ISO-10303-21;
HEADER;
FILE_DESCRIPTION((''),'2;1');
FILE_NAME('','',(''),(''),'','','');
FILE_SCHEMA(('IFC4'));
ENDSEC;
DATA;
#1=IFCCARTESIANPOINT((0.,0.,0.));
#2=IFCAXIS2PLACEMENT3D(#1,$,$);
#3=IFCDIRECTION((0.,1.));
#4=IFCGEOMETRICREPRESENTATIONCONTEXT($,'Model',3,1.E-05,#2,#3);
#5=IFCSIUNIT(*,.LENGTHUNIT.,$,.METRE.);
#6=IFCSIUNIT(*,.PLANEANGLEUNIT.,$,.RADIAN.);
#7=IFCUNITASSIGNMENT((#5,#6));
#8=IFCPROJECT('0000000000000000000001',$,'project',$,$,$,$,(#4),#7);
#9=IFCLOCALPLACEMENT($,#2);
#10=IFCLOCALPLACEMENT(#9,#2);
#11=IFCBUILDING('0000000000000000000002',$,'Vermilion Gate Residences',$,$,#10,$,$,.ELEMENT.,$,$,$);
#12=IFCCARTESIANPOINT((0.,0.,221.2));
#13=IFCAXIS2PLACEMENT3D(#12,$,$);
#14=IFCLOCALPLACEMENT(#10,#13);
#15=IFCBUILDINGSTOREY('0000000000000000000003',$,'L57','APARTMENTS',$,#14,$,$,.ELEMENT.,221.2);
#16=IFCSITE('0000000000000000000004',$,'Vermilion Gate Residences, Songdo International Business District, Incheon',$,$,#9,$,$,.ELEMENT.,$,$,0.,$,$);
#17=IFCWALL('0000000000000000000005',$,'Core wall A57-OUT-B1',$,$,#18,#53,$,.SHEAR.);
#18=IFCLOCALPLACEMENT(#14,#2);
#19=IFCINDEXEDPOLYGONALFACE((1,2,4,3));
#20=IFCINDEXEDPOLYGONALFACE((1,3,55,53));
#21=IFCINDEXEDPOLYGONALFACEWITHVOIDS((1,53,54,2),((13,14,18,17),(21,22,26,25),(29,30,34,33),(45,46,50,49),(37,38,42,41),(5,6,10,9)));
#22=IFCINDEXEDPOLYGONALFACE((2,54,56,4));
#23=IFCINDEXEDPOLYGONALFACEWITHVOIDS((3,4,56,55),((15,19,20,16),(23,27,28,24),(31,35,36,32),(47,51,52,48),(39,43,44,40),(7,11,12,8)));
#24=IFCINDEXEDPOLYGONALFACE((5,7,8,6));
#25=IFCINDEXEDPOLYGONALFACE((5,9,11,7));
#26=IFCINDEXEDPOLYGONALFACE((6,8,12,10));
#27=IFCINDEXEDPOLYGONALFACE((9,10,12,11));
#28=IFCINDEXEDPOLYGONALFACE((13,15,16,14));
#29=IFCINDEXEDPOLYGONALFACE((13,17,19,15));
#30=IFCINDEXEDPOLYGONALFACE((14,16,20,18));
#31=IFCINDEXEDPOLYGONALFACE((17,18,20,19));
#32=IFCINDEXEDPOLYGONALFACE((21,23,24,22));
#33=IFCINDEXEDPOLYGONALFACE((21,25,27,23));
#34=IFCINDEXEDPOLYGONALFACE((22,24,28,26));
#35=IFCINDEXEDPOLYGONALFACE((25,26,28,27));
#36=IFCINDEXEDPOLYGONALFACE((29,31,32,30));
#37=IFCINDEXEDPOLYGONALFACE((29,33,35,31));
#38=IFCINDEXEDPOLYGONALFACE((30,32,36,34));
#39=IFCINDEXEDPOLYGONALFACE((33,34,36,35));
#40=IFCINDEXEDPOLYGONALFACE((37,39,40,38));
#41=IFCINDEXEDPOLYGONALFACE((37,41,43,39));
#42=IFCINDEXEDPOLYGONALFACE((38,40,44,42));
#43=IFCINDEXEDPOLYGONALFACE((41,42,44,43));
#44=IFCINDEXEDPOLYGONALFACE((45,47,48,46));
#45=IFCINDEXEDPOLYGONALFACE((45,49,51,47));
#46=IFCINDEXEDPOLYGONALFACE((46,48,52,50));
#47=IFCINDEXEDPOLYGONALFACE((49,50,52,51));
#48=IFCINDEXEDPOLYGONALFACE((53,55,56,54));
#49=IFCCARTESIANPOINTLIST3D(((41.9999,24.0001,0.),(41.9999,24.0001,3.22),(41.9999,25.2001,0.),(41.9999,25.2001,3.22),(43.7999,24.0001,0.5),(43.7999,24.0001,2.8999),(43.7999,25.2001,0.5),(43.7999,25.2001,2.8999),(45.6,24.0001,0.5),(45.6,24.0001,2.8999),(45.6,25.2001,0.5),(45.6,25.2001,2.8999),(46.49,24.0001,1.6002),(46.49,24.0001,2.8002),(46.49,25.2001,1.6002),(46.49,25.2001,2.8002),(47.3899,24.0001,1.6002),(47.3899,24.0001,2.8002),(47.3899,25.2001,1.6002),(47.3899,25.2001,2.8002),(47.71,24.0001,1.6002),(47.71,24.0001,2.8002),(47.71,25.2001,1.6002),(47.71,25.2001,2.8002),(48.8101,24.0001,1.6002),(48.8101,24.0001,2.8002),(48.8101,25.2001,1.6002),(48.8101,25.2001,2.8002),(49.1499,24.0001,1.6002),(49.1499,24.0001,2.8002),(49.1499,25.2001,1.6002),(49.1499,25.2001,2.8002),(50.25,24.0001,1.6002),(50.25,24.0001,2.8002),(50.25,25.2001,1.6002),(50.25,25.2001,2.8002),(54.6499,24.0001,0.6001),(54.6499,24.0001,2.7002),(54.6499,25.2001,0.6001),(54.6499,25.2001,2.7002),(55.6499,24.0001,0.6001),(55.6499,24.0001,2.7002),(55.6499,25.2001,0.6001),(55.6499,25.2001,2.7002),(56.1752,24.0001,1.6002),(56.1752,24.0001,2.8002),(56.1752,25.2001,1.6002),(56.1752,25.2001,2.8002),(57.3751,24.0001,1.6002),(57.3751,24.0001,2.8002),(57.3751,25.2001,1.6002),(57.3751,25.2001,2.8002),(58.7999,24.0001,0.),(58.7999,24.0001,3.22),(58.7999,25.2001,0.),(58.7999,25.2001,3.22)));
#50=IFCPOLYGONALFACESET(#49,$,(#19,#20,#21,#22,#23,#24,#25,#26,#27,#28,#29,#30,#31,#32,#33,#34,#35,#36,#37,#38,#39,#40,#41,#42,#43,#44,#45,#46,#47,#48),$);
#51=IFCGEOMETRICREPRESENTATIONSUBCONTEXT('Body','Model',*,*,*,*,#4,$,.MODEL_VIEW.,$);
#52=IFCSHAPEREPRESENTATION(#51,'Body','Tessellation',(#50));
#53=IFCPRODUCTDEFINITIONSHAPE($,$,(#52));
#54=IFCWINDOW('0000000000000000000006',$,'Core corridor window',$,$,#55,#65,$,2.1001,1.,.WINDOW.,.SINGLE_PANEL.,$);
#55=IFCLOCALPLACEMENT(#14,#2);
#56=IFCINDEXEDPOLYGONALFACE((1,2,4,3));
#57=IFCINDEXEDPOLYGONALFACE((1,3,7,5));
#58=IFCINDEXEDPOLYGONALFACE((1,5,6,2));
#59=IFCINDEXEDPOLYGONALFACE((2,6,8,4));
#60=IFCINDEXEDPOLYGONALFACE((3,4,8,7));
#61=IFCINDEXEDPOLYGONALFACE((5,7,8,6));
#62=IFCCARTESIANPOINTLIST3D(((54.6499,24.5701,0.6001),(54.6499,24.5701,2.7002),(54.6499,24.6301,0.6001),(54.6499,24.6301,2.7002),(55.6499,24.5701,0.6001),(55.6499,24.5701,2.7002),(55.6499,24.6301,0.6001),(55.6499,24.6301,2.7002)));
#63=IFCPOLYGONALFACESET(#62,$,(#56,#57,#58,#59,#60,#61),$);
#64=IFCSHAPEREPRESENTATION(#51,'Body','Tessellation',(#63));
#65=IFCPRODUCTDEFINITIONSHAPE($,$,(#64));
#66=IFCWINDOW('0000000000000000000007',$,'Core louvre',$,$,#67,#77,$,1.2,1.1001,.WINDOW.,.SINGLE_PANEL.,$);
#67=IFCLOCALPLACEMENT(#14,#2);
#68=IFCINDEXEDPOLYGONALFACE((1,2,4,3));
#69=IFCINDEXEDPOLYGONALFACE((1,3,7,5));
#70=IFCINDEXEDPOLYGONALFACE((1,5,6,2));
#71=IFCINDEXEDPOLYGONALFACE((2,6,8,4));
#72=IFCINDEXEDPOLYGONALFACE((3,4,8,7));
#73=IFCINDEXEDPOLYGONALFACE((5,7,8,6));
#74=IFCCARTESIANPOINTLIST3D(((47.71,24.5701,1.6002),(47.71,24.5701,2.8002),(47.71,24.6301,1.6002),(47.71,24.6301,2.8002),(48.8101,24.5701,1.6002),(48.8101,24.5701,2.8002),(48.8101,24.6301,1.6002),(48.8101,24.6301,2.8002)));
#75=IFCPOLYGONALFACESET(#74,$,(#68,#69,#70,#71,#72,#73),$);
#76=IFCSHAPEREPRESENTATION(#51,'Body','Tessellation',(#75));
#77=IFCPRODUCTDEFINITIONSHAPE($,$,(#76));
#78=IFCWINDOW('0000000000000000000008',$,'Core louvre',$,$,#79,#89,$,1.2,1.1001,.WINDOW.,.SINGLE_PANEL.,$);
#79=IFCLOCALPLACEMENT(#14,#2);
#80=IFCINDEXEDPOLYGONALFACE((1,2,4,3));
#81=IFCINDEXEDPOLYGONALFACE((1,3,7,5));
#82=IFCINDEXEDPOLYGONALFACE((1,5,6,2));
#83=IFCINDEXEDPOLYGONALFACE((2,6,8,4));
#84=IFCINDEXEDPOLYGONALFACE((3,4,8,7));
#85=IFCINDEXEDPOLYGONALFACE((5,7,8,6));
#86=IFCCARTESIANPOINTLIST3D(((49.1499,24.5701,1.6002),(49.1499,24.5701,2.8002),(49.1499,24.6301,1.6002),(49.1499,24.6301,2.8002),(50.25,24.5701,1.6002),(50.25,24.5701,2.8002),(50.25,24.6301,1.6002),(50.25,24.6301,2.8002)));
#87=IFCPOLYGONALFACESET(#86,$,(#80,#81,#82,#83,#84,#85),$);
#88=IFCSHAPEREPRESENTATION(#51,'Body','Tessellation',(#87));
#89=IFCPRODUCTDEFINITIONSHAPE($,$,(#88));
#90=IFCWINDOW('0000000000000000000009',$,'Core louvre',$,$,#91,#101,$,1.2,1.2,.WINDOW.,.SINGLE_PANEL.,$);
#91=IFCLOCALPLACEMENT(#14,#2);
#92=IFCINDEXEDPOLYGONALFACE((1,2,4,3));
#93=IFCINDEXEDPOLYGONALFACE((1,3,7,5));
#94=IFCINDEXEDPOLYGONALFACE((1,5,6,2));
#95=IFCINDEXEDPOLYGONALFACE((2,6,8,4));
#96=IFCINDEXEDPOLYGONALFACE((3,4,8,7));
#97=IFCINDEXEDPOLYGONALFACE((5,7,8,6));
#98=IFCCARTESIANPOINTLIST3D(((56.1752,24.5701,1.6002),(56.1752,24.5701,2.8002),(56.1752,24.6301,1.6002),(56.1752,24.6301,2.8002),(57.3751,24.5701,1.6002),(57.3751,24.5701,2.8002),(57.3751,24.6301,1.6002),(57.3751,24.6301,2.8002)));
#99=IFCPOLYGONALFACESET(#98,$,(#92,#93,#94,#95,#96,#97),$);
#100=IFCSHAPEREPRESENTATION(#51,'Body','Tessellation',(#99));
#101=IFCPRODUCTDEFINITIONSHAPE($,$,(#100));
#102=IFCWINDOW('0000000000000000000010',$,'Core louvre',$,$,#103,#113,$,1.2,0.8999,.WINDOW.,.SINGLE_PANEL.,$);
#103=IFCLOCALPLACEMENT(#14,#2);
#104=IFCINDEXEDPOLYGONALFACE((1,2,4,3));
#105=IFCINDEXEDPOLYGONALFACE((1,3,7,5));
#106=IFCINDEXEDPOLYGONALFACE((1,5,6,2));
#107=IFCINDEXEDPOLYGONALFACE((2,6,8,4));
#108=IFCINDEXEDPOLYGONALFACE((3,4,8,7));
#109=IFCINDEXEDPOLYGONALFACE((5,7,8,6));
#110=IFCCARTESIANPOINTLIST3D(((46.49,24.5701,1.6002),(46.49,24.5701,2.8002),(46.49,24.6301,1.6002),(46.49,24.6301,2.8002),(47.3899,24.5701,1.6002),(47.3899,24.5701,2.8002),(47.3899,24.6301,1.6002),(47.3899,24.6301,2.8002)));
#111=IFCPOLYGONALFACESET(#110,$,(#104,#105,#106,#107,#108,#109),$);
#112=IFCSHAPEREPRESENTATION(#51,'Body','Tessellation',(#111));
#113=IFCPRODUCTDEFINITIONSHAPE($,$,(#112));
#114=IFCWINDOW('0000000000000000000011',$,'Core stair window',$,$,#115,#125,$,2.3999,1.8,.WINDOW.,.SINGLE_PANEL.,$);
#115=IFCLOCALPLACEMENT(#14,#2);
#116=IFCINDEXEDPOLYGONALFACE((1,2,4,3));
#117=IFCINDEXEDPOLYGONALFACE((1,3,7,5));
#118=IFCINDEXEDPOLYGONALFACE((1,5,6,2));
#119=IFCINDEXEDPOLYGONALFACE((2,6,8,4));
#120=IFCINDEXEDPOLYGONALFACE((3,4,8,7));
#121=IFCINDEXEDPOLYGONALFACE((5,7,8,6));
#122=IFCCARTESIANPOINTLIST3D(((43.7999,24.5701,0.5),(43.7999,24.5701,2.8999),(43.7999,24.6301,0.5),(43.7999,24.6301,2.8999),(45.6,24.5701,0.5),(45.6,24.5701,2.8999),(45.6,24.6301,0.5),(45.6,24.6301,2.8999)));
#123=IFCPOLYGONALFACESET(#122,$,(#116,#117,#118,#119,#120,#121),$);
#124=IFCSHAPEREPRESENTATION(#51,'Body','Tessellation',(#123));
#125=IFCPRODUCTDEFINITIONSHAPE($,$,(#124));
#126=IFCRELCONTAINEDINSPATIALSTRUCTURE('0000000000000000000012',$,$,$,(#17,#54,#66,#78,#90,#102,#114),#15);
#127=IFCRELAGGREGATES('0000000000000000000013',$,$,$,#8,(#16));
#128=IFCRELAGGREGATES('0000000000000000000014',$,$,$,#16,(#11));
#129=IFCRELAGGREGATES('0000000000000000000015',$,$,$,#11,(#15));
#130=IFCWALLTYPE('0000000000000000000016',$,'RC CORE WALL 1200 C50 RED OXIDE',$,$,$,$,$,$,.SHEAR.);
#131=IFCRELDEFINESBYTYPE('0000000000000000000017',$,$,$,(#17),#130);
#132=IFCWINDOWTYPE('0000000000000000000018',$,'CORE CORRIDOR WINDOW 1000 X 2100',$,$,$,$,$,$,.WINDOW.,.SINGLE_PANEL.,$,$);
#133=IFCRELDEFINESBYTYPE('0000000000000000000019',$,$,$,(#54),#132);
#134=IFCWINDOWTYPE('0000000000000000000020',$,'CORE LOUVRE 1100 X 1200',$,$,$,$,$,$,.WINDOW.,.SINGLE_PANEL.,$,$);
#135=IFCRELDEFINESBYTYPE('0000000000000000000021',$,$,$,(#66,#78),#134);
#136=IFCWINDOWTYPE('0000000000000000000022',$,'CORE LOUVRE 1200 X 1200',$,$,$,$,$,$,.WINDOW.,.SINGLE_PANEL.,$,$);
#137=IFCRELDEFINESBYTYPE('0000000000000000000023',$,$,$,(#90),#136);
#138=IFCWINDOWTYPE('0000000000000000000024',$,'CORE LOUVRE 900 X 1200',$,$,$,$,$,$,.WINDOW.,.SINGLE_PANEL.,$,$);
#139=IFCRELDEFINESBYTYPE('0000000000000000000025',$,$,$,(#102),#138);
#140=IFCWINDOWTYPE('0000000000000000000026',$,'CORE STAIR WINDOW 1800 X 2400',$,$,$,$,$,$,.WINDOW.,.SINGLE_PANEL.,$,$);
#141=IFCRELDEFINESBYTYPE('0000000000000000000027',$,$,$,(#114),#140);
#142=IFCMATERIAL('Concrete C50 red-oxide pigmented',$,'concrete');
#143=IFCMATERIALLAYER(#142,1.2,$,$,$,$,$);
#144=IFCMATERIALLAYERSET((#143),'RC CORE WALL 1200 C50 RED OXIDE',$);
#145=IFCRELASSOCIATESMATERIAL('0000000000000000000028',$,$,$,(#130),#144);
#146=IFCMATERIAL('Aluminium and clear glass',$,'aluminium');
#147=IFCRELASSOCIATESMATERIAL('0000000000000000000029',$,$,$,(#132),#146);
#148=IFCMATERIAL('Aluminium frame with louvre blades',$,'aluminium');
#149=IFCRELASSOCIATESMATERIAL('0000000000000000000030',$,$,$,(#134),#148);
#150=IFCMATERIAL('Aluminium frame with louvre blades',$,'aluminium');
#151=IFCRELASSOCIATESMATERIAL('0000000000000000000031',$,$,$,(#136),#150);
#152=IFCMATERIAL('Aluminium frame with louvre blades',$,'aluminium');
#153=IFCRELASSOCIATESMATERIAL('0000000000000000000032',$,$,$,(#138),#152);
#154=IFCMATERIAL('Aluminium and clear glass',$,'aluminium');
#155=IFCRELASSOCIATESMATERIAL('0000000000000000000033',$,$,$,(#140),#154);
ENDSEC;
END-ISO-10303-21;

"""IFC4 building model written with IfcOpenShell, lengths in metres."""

from ifc_helpers import new_model, si_unit, direction, frame, frame_2d, origin, place, context, subcontext, project, spatial, rectangle, extrude, material, layer, layer_set, type_object, element, fill, save


model = new_model("IFC4")

# Units and contexts
model_context = context("Model", 3, precision=1e-05, world=origin(), true_north=direction((0.0, 1.0)))
body_context = subcontext(model_context, "Body", "Model", "MODEL_VIEW")
ifc_project = project(units=[si_unit("LENGTHUNIT", "METRE"), si_unit("PLANEANGLEUNIT", "RADIAN")], contexts=[model_context])

# Site, building, storey
site_placement = place(None, origin())
site = spatial("IfcSite", under=ifc_project, at=site_placement, Name="Vermilion Gate Residences, Songdo International Business District, Incheon", CompositionType="ELEMENT", RefElevation=0.0)
building_placement = place(site_placement, origin())
building = spatial("IfcBuilding", under=site, at=building_placement, Name="Vermilion Gate Residences", CompositionType="ELEMENT")
storey_placement = place(building_placement, frame((0.0, 0.0, 221.2)))
storey = spatial("IfcBuildingStorey", under=building, at=storey_placement, Name="L57", Description="APARTMENTS", CompositionType="ELEMENT", Elevation=221.2)

# Wall, openings, windows
ifc_material_1 = material(Name="Concrete C50 red-oxide pigmented", Category="concrete")
ifc_layer_1 = layer(ifc_material_1, 1.2)
ifc_layer_set_1 = layer_set([ifc_layer_1], Name="RC CORE WALL 1200 C50 RED OXIDE")
wall_type_1 = type_object("IfcWallType", Name="RC CORE WALL 1200 C50 RED OXIDE", PredefinedType="SHEAR", material=ifc_layer_set_1)
wall_1_placement = place(storey_placement, frame((42.0, 24.6001, 0.0), z_axis=(0.0, 0.0, 1.0), x_axis=(1.0, 0.0, 0.0)))
wall_1 = element("IfcWall", 1, at=wall_1_placement, inside=storey, type_object=wall_type_1, Name="Core wall A57-OUT-B1", PredefinedType="SHEAR", context=body_context, shape_type="SweptSolid", body=[
    extrude(rectangle(XDim=16.8, YDim=1.2, at=frame_2d((8.3999, 0.0))), origin(), (0.0, 0.0, 1.0), 3.22),
])
opening_1_placement = place(wall_1_placement, frame((1.8, 0.0, 0.5)))
opening_1 = element("IfcOpeningElement", 2, at=opening_1_placement, cuts=wall_1, PredefinedType="OPENING", context=body_context, shape_type="SweptSolid", body=[
    extrude(rectangle(XDim=1.8, YDim=2.3999, at=frame_2d((0.8999, 1.2))), frame((0.0, 0.6099, 0.0), z_axis=(0.0, -1.0, 0.0), x_axis=(1.0, 0.0, 0.0)), (0.0, 0.0, 1.0), 1.22),
])
opening_2_placement = place(wall_1_placement, frame((4.49, 0.0, 1.6001)))
opening_2 = element("IfcOpeningElement", 3, at=opening_2_placement, cuts=wall_1, PredefinedType="OPENING", context=body_context, shape_type="SweptSolid", body=[
    extrude(rectangle(XDim=0.8999, YDim=1.2, at=frame_2d((0.45, 0.6001))), frame((0.0, 0.6099, 0.0), z_axis=(0.0, -1.0, 0.0), x_axis=(1.0, 0.0, 0.0)), (0.0, 0.0, 1.0), 1.22),
])
opening_3_placement = place(wall_1_placement, frame((5.71, 0.0, 1.6001)))
opening_3 = element("IfcOpeningElement", 4, at=opening_3_placement, cuts=wall_1, PredefinedType="OPENING", context=body_context, shape_type="SweptSolid", body=[
    extrude(rectangle(XDim=1.1001, YDim=1.2, at=frame_2d((0.55, 0.6001))), frame((0.0, 0.6099, 0.0), z_axis=(0.0, -1.0, 0.0), x_axis=(1.0, 0.0, 0.0)), (0.0, 0.0, 1.0), 1.22),
])
opening_4_placement = place(wall_1_placement, frame((7.1499, 0.0, 1.6001)))
opening_4 = element("IfcOpeningElement", 5, at=opening_4_placement, cuts=wall_1, PredefinedType="OPENING", context=body_context, shape_type="SweptSolid", body=[
    extrude(rectangle(XDim=1.1001, YDim=1.2, at=frame_2d((0.55, 0.6001))), frame((0.0, 0.6099, 0.0), z_axis=(0.0, -1.0, 0.0), x_axis=(1.0, 0.0, 0.0)), (0.0, 0.0, 1.0), 1.22),
])
opening_5_placement = place(wall_1_placement, frame((12.6499, 0.0, 0.6001)))
opening_5 = element("IfcOpeningElement", 6, at=opening_5_placement, cuts=wall_1, PredefinedType="OPENING", context=body_context, shape_type="SweptSolid", body=[
    extrude(rectangle(XDim=1.0, YDim=2.1001, at=frame_2d((0.5, 1.05))), frame((0.0, 0.6099, 0.0), z_axis=(0.0, -1.0, 0.0), x_axis=(1.0, 0.0, 0.0)), (0.0, 0.0, 1.0), 1.22),
])
opening_6_placement = place(wall_1_placement, frame((14.175, 0.0, 1.6001)))
opening_6 = element("IfcOpeningElement", 7, at=opening_6_placement, cuts=wall_1, PredefinedType="OPENING", context=body_context, shape_type="SweptSolid", body=[
    extrude(rectangle(XDim=1.2, YDim=1.2, at=frame_2d((0.6001, 0.6001))), frame((0.0, 0.6099, 0.0), z_axis=(0.0, -1.0, 0.0), x_axis=(1.0, 0.0, 0.0)), (0.0, 0.0, 1.0), 1.22),
])
ifc_material_2 = material(Name="Aluminium and clear glass", Category="aluminium")
window_type_1 = type_object("IfcWindowType", Name="CORE CORRIDOR WINDOW 1000 X 2100", PartitioningType="SINGLE_PANEL", PredefinedType="WINDOW", material=ifc_material_2)
window_1_placement = place(opening_5_placement, origin())
window_1 = element("IfcWindow", 8, at=window_1_placement, inside=storey, type_object=window_type_1, Name="Core corridor window", OverallHeight=2.1001, OverallWidth=1.0, PartitioningType="SINGLE_PANEL", PredefinedType="WINDOW", context=body_context, shape_type="SweptSolid", body=[
    extrude(rectangle(XDim=1.0, YDim=2.1001, at=frame_2d((0.5, 1.05))), frame((0.0, 0.03, 0.0), z_axis=(0.0, -1.0, 0.0), x_axis=(1.0, 0.0, 0.0)), (0.0, 0.0, 1.0), 0.0601),
])
fill(opening_5, window_1)
ifc_material_3 = material(Name="Aluminium frame with louvre blades", Category="aluminium")
window_type_2 = type_object("IfcWindowType", Name="CORE LOUVRE 1100 X 1200", PartitioningType="SINGLE_PANEL", PredefinedType="WINDOW", material=ifc_material_3)
window_2_placement = place(opening_3_placement, origin())
window_2 = element("IfcWindow", 9, at=window_2_placement, inside=storey, type_object=window_type_2, Name="Core louvre", OverallHeight=1.2, OverallWidth=1.1001, PartitioningType="SINGLE_PANEL", PredefinedType="WINDOW", context=body_context, shape_type="SweptSolid", body=[
    extrude(rectangle(XDim=1.1001, YDim=1.2, at=frame_2d((0.55, 0.6001))), frame((0.0, 0.03, 0.0), z_axis=(0.0, -1.0, 0.0), x_axis=(1.0, 0.0, 0.0)), (0.0, 0.0, 1.0), 0.0601),
])
fill(opening_3, window_2)
window_3_placement = place(opening_4_placement, origin())
window_3 = element("IfcWindow", 10, at=window_3_placement, inside=storey, type_object=window_type_2, Name="Core louvre", OverallHeight=1.2, OverallWidth=1.1001, PartitioningType="SINGLE_PANEL", PredefinedType="WINDOW", context=body_context, shape_type="SweptSolid", body=[
    extrude(rectangle(XDim=1.1001, YDim=1.2, at=frame_2d((0.55, 0.6001))), frame((0.0, 0.03, 0.0), z_axis=(0.0, -1.0, 0.0), x_axis=(1.0, 0.0, 0.0)), (0.0, 0.0, 1.0), 0.0601),
])
fill(opening_4, window_3)
ifc_material_4 = material(Name="Aluminium frame with louvre blades", Category="aluminium")
window_type_3 = type_object("IfcWindowType", Name="CORE LOUVRE 1200 X 1200", PartitioningType="SINGLE_PANEL", PredefinedType="WINDOW", material=ifc_material_4)
window_4_placement = place(opening_6_placement, origin())
window_4 = element("IfcWindow", 11, at=window_4_placement, inside=storey, type_object=window_type_3, Name="Core louvre", OverallHeight=1.2, OverallWidth=1.2, PartitioningType="SINGLE_PANEL", PredefinedType="WINDOW", context=body_context, shape_type="SweptSolid", body=[
    extrude(rectangle(XDim=1.2, YDim=1.2, at=frame_2d((0.6001, 0.6001))), frame((0.0, 0.03, 0.0), z_axis=(0.0, -1.0, 0.0), x_axis=(1.0, 0.0, 0.0)), (0.0, 0.0, 1.0), 0.0601),
])
fill(opening_6, window_4)
ifc_material_5 = material(Name="Aluminium frame with louvre blades", Category="aluminium")
window_type_4 = type_object("IfcWindowType", Name="CORE LOUVRE 900 X 1200", PartitioningType="SINGLE_PANEL", PredefinedType="WINDOW", material=ifc_material_5)
window_5_placement = place(opening_2_placement, origin())
window_5 = element("IfcWindow", 12, at=window_5_placement, inside=storey, type_object=window_type_4, Name="Core louvre", OverallHeight=1.2, OverallWidth=0.8999, PartitioningType="SINGLE_PANEL", PredefinedType="WINDOW", context=body_context, shape_type="SweptSolid", body=[
    extrude(rectangle(XDim=0.8999, YDim=1.2, at=frame_2d((0.45, 0.6001))), frame((0.0, 0.03, 0.0), z_axis=(0.0, -1.0, 0.0), x_axis=(1.0, 0.0, 0.0)), (0.0, 0.0, 1.0), 0.0601),
])
fill(opening_2, window_5)
ifc_material_6 = material(Name="Aluminium and clear glass", Category="aluminium")
window_type_5 = type_object("IfcWindowType", Name="CORE STAIR WINDOW 1800 X 2400", PartitioningType="SINGLE_PANEL", PredefinedType="WINDOW", material=ifc_material_6)
window_6_placement = place(opening_1_placement, origin())
window_6 = element("IfcWindow", 13, at=window_6_placement, inside=storey, type_object=window_type_5, Name="Core stair window", OverallHeight=2.3999, OverallWidth=1.8, PartitioningType="SINGLE_PANEL", PredefinedType="WINDOW", context=body_context, shape_type="SweptSolid", body=[
    extrude(rectangle(XDim=1.8, YDim=2.3999, at=frame_2d((0.8999, 1.2))), frame((0.0, 0.03, 0.0), z_axis=(0.0, -1.0, 0.0), x_axis=(1.0, 0.0, 0.0)), (0.0, 0.0, 1.0), 0.0601),
])
fill(opening_1, window_6)

save(model, "model.ifc")
